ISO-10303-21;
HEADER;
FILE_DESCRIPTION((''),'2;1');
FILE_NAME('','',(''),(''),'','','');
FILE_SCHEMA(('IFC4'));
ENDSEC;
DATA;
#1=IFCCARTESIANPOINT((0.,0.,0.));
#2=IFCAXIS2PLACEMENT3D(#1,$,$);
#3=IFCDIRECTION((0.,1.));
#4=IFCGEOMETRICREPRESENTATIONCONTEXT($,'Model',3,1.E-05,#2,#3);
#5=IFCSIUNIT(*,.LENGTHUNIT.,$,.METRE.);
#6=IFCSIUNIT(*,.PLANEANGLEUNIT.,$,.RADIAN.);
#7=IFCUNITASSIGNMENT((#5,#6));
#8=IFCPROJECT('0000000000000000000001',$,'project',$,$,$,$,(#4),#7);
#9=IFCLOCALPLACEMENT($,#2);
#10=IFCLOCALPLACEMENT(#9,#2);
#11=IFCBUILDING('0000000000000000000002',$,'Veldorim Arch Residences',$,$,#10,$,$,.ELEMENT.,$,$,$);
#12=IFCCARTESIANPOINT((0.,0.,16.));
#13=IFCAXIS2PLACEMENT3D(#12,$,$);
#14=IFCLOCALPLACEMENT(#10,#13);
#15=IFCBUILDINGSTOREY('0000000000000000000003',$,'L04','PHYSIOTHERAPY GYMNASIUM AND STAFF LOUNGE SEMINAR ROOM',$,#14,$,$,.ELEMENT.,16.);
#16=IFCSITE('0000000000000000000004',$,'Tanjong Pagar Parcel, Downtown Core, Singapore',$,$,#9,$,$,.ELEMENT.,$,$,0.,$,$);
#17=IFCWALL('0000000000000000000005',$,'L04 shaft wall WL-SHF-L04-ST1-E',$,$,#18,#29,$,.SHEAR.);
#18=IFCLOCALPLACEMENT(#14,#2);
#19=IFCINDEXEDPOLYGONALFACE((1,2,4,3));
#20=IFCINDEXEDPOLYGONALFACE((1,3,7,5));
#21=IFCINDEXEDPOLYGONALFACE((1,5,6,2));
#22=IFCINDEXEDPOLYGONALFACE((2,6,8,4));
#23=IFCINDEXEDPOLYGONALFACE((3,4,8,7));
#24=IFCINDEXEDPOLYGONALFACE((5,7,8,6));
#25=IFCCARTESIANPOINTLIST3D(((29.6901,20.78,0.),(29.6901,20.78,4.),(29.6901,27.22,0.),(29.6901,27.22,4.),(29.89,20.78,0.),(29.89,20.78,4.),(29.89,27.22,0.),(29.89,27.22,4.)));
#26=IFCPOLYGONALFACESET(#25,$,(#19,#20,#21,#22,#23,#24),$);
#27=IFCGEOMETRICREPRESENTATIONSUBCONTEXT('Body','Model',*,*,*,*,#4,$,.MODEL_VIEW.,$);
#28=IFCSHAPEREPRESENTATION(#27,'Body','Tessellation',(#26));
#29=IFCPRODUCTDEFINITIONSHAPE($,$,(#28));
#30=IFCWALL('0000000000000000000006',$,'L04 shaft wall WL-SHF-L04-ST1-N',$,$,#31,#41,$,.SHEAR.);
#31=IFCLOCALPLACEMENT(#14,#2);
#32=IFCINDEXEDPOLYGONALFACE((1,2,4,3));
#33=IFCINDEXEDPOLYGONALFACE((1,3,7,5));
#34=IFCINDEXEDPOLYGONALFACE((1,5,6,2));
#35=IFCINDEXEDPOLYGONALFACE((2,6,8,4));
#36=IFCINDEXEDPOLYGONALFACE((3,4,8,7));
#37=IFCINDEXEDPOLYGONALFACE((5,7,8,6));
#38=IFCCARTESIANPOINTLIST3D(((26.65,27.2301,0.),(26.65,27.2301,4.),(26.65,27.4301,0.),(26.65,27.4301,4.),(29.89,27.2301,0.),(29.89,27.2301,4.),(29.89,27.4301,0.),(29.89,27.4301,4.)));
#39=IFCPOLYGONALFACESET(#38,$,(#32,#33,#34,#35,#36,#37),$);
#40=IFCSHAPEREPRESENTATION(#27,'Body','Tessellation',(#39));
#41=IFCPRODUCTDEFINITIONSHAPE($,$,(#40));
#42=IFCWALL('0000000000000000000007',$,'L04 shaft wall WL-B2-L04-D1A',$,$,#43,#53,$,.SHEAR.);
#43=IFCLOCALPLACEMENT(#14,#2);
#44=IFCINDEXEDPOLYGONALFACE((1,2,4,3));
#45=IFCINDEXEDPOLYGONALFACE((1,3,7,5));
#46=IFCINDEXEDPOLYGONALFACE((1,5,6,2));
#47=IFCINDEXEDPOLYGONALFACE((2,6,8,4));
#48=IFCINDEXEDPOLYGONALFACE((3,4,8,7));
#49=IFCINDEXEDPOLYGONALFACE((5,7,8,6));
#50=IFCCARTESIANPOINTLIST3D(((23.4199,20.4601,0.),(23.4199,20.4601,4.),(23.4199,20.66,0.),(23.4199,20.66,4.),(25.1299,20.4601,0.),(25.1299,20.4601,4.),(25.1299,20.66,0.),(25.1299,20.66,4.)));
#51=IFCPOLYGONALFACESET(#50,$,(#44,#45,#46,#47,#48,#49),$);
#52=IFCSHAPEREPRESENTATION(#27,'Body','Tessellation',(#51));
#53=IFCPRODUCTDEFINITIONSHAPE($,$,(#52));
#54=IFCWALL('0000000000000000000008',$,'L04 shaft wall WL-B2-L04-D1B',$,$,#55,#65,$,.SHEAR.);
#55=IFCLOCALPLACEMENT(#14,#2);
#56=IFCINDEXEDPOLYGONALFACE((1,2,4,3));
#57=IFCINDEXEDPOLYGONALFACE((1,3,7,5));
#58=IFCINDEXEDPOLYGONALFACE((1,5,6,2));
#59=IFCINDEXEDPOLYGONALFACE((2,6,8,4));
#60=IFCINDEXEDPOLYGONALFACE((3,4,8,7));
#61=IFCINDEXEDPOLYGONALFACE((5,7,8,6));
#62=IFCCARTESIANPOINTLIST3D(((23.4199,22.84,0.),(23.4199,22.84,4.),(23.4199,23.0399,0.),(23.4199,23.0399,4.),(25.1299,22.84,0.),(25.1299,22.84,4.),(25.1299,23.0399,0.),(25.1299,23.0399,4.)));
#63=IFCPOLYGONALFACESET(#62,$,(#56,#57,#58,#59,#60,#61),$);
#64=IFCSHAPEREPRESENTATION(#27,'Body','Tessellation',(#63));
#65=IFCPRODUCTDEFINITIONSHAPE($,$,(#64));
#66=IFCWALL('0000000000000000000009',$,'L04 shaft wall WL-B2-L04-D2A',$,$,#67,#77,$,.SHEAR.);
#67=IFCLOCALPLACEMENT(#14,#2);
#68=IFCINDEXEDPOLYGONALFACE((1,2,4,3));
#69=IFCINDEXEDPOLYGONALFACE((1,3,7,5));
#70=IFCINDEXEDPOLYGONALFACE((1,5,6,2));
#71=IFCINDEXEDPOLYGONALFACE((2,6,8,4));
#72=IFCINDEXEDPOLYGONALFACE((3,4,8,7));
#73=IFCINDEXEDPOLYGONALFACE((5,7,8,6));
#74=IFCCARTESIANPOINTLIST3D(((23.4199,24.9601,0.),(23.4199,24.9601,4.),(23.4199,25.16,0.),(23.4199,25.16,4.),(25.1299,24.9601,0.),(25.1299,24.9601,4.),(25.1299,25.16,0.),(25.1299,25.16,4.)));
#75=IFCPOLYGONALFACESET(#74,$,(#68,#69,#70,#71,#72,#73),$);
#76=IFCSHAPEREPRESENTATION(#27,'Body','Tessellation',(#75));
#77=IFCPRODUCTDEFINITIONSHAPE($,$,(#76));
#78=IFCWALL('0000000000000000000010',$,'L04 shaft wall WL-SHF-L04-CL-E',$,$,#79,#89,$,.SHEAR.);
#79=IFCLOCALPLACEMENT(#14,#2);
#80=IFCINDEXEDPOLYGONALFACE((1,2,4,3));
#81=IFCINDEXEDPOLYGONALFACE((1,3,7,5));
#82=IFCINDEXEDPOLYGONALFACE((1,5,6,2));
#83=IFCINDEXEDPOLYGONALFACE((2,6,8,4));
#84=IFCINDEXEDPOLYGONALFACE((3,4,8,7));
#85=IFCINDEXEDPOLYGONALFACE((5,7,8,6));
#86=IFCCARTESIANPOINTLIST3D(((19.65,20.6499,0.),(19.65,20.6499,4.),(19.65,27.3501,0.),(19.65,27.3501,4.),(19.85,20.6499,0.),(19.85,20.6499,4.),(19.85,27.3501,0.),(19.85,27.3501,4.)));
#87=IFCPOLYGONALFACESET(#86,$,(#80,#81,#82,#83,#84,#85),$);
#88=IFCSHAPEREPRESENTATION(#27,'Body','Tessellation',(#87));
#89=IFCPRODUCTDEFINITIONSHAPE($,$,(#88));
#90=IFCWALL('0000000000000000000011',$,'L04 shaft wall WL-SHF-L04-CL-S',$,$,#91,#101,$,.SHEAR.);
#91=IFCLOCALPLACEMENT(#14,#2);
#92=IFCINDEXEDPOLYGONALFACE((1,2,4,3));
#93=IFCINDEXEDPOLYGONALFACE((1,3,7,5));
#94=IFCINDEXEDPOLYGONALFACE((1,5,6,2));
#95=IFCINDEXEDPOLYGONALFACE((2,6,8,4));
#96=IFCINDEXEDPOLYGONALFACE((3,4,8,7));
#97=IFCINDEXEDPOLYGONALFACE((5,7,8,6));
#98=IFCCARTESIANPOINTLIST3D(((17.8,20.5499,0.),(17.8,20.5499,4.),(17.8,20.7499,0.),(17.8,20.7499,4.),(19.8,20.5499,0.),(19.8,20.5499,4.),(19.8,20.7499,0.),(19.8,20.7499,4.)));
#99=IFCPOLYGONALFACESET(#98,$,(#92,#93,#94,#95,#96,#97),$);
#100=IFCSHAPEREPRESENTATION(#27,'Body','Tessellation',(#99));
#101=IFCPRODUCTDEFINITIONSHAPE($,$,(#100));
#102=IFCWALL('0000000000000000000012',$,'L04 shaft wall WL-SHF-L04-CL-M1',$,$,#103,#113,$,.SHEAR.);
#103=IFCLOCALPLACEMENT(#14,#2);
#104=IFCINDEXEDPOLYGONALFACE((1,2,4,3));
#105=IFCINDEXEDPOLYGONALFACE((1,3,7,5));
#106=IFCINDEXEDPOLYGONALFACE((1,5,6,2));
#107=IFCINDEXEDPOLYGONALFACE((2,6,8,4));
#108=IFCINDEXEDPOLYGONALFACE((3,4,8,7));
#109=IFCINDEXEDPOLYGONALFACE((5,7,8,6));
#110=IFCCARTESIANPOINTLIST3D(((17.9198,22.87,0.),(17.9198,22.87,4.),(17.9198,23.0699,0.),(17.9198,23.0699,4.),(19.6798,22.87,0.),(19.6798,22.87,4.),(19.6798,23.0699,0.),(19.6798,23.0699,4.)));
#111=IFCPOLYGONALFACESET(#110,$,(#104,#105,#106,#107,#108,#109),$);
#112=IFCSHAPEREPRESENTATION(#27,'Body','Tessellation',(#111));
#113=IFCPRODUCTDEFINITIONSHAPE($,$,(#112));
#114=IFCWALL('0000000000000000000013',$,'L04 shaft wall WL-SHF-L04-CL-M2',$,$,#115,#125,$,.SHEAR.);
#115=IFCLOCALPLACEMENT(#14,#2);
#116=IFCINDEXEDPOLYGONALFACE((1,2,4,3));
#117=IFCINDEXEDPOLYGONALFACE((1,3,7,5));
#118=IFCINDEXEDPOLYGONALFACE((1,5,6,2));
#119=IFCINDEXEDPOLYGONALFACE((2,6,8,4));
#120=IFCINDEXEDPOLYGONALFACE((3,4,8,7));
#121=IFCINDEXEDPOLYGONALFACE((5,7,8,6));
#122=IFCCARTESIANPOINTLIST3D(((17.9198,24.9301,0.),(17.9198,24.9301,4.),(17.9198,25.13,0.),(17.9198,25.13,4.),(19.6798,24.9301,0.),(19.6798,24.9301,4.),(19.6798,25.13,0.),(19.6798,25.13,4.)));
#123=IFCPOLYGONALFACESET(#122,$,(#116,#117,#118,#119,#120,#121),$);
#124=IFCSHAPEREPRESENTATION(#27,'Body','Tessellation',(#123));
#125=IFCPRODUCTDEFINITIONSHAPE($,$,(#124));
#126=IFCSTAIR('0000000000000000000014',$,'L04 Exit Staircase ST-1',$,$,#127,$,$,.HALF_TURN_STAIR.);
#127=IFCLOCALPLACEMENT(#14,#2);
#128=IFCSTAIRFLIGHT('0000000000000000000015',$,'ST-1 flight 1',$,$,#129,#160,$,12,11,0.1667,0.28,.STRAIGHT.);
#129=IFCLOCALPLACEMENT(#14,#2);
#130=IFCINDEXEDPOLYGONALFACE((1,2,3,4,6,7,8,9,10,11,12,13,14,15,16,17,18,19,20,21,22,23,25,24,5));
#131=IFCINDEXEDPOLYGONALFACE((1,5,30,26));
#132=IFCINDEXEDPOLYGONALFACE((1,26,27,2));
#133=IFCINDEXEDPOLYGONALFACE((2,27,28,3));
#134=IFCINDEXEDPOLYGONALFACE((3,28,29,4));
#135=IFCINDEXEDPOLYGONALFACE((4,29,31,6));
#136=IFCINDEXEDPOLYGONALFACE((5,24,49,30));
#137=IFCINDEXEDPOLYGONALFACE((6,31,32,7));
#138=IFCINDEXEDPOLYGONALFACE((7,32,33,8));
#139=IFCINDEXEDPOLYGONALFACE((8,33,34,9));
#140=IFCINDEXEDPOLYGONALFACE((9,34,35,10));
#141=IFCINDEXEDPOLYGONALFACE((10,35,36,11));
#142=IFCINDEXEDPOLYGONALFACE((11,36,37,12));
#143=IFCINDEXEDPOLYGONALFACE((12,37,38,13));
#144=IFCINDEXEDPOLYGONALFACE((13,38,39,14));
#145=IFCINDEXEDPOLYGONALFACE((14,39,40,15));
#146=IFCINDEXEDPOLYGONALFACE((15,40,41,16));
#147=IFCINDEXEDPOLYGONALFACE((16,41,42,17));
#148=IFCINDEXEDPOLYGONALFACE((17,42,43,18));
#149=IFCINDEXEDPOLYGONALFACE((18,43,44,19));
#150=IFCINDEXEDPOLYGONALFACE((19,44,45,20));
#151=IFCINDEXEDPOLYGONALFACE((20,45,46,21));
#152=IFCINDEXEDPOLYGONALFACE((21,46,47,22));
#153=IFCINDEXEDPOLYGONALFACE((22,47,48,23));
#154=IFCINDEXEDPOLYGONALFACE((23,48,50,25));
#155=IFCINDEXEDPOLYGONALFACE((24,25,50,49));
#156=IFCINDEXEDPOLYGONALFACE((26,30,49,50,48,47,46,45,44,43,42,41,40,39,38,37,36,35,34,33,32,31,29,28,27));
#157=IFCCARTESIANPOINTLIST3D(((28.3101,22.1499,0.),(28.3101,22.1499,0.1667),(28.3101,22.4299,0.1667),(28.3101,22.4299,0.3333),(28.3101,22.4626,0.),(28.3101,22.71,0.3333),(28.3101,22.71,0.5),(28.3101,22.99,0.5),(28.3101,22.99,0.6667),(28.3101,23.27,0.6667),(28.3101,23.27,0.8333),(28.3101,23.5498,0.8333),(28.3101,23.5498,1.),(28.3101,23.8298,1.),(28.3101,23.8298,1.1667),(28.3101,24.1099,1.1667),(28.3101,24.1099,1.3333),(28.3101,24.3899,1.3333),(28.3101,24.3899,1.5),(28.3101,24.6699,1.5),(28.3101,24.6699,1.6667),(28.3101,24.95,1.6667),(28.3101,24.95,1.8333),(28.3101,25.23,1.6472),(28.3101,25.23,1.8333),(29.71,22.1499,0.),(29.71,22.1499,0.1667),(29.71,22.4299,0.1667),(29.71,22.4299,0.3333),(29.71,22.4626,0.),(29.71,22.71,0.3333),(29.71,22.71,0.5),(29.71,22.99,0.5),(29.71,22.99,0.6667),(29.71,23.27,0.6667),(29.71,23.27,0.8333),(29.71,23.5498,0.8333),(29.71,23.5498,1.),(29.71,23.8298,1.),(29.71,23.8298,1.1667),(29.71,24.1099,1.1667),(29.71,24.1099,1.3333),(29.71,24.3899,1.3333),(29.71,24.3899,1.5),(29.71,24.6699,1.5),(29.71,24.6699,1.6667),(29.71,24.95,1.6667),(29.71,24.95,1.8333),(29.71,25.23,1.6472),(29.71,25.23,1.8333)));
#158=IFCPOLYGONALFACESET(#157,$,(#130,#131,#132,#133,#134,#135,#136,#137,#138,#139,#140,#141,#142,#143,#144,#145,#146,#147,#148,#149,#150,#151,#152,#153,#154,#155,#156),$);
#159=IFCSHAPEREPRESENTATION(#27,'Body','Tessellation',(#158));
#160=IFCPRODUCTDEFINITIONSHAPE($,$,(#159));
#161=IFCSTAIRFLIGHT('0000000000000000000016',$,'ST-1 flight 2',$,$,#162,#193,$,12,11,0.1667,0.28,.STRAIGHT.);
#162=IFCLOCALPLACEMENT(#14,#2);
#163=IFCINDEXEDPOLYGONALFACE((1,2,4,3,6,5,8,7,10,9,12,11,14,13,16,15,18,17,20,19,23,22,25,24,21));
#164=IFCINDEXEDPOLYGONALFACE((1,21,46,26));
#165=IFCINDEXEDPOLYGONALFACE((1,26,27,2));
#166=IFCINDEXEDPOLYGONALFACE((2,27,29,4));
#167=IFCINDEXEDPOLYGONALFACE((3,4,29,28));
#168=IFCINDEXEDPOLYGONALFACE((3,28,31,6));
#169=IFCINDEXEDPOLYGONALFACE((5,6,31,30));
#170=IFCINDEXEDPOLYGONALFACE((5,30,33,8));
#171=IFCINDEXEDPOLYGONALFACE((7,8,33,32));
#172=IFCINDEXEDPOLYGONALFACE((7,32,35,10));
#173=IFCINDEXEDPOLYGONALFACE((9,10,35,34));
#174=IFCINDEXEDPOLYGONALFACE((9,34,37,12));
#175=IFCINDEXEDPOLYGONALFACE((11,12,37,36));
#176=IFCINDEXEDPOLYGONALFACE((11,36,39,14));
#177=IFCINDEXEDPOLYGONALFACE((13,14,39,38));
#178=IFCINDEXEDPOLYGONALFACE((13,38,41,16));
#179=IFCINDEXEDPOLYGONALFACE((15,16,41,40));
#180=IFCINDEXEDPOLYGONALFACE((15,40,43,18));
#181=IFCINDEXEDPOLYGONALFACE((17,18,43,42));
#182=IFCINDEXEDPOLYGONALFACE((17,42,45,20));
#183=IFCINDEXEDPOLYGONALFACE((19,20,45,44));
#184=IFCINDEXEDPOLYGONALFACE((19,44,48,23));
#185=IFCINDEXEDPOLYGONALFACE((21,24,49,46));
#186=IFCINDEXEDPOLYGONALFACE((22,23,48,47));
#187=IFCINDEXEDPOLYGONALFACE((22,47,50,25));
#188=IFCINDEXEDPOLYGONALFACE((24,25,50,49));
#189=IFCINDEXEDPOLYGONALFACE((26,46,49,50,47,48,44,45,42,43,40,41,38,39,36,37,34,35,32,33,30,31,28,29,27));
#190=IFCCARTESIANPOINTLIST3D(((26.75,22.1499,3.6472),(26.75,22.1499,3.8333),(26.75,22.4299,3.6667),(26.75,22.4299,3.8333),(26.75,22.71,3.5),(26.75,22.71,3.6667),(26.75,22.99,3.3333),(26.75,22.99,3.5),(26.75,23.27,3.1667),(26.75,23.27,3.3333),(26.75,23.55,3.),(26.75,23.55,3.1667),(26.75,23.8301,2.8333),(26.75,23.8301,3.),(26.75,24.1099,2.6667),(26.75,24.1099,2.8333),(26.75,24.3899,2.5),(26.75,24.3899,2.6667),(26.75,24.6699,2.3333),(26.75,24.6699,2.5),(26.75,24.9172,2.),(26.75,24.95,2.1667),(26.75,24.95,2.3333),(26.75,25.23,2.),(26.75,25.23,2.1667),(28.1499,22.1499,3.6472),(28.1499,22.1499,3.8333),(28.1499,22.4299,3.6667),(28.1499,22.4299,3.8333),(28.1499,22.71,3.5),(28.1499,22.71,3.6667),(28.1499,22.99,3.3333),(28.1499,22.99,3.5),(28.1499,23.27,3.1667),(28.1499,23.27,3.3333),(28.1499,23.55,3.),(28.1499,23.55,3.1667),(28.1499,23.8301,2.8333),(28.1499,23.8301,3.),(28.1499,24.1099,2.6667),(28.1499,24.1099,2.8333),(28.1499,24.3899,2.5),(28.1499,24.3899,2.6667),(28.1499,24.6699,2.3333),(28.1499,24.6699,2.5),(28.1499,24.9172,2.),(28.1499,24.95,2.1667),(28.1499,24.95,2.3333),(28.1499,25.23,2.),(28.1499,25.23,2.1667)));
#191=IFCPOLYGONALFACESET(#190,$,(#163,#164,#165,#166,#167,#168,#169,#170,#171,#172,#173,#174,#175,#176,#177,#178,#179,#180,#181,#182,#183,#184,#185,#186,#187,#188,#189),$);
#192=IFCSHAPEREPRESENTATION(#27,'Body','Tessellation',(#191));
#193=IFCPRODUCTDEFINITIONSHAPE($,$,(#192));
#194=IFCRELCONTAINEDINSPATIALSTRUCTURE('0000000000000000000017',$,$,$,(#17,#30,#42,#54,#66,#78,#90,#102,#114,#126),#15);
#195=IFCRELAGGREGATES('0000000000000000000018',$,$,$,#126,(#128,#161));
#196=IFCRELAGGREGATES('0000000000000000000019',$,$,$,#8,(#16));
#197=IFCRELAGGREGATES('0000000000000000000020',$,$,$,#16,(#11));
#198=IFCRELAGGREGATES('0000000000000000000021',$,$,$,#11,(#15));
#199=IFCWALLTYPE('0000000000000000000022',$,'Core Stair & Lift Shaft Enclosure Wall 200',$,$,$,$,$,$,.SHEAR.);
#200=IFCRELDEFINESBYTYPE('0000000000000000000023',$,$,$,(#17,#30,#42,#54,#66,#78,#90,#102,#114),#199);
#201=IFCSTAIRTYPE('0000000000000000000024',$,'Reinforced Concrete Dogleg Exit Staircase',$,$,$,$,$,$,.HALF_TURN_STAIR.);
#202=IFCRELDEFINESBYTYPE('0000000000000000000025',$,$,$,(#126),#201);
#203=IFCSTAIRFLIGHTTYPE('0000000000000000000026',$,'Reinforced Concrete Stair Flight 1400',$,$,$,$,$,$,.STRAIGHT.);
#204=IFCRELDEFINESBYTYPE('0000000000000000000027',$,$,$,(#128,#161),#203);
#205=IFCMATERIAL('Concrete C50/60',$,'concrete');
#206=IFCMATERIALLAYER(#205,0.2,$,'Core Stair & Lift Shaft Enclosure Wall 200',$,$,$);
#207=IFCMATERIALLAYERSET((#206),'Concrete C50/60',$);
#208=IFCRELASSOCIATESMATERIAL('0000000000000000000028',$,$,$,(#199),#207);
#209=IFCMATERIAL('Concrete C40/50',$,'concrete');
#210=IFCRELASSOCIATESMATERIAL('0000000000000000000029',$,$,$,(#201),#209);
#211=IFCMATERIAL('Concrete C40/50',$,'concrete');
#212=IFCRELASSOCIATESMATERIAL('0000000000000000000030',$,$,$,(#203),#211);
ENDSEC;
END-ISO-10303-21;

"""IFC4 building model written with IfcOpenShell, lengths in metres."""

from ifc_helpers import new_model, si_unit, direction, frame, frame_2d, origin, place, context, subcontext, project, spatial, polyline, rectangle, outline, extrude, material, layer, layer_set, type_object, element, aggregate, save


model = new_model("IFC4")

# Units and contexts
model_context = context("Model", 3, precision=1e-05, world=origin(), true_north=direction((0.0, 1.0)))
body_context = subcontext(model_context, "Body", "Model", "MODEL_VIEW")
ifc_project = project(units=[si_unit("LENGTHUNIT", "METRE"), si_unit("PLANEANGLEUNIT", "RADIAN")], contexts=[model_context])

# Site, building, storey
site_placement = place(None, origin())
site = spatial("IfcSite", under=ifc_project, at=site_placement, Name="Tanjong Pagar Parcel, Downtown Core, Singapore", CompositionType="ELEMENT", RefElevation=0.0)
building_placement = place(site_placement, origin())
building = spatial("IfcBuilding", under=site, at=building_placement, Name="Veldorim Arch Residences", CompositionType="ELEMENT")
storey_placement = place(building_placement, frame((0.0, 0.0, 16.0)))
storey = spatial("IfcBuildingStorey", under=building, at=storey_placement, Name="L04", Description="PHYSIOTHERAPY GYMNASIUM AND STAFF LOUNGE SEMINAR ROOM", CompositionType="ELEMENT", Elevation=16.0)

# Walls
ifc_material_1 = material(Name="Concrete C50/60", Category="concrete")
ifc_layer = layer(ifc_material_1, 0.2, Name="Core Stair & Lift Shaft Enclosure Wall 200")
ifc_layer_set = layer_set([ifc_layer], Name="Concrete C50/60")
wall_type = type_object("IfcWallType", Name="Core Stair & Lift Shaft Enclosure Wall 200", PredefinedType="SHEAR", material=ifc_layer_set)
wall_1_placement = place(storey_placement, frame((29.79, 20.78, 0.0), z_axis=(0.0, 0.0, 1.0), x_axis=(0.0, 1.0, 0.0)))
element("IfcWall", 1, at=wall_1_placement, inside=storey, type_object=wall_type, Name="L04 shaft wall WL-SHF-L04-ST1-E", PredefinedType="SHEAR", context=body_context, shape_type="SweptSolid", body=[
    extrude(rectangle(XDim=6.4399, YDim=0.2, at=frame_2d((3.22, 0.0))), origin(), (0.0, 0.0, 1.0), 4.0),
])
wall_2_placement = place(storey_placement, frame((26.6499, 27.3301, 0.0), z_axis=(0.0, 0.0, 1.0), x_axis=(1.0, 0.0, 0.0)))
element("IfcWall", 2, at=wall_2_placement, inside=storey, type_object=wall_type, Name="L04 shaft wall WL-SHF-L04-ST1-N", PredefinedType="SHEAR", context=body_context, shape_type="SweptSolid", body=[
    extrude(rectangle(XDim=3.24, YDim=0.2, at=frame_2d((1.6201, 0.0))), origin(), (0.0, 0.0, 1.0), 4.0),
])

# Walls
for number, where, z_axis, x_axis, name in (
    (3, (23.4199, 20.5601, 0.0), (0.0, 0.0, 1.0), (1.0, 0.0, 0.0), "L04 shaft wall WL-B2-L04-D1A"),
    (4, (23.4199, 22.9399, 0.0), (0.0, 0.0, 1.0), (1.0, 0.0, 0.0), "L04 shaft wall WL-B2-L04-D1B"),
    (5, (23.4199, 25.0601, 0.0), (0.0, 0.0, 1.0), (1.0, 0.0, 0.0), "L04 shaft wall WL-B2-L04-D2A"),
):
    element("IfcWall", number, at=place(storey_placement, frame(where, z_axis=z_axis, x_axis=x_axis)), inside=storey, type_object=wall_type, Name=name, PredefinedType="SHEAR", context=body_context, shape_type="SweptSolid", body=[
        extrude(rectangle(XDim=1.71, YDim=0.2, at=frame_2d((0.855, 0.0))), origin(), (0.0, 0.0, 1.0), 4.0),
    ])

# Walls
wall_3_placement = place(storey_placement, frame((19.75, 20.6499, 0.0), z_axis=(0.0, 0.0, 1.0), x_axis=(0.0, 1.0, 0.0)))
element("IfcWall", 6, at=wall_3_placement, inside=storey, type_object=wall_type, Name="L04 shaft wall WL-SHF-L04-CL-E", PredefinedType="SHEAR", context=body_context, shape_type="SweptSolid", body=[
    extrude(rectangle(XDim=6.7002, YDim=0.2, at=frame_2d((3.3501, 0.0))), origin(), (0.0, 0.0, 1.0), 4.0),
])
wall_4_placement = place(storey_placement, frame((17.8, 20.6499, 0.0), z_axis=(0.0, 0.0, 1.0), x_axis=(1.0, 0.0, 0.0)))
element("IfcWall", 7, at=wall_4_placement, inside=storey, type_object=wall_type, Name="L04 shaft wall WL-SHF-L04-CL-S", PredefinedType="SHEAR", context=body_context, shape_type="SweptSolid", body=[
    extrude(rectangle(XDim=2.0, YDim=0.2, at=frame_2d((1.0, 0.0))), origin(), (0.0, 0.0, 1.0), 4.0),
])
for number, where, z_axis, x_axis, name in (
    (8, (17.9199, 22.97, 0.0), (0.0, 0.0, 1.0), (1.0, 0.0, 0.0), "L04 shaft wall WL-SHF-L04-CL-M1"),
    (9, (17.9199, 25.03, 0.0), (0.0, 0.0, 1.0), (1.0, 0.0, 0.0), "L04 shaft wall WL-SHF-L04-CL-M2"),
):
    element("IfcWall", number, at=place(storey_placement, frame(where, z_axis=z_axis, x_axis=x_axis)), inside=storey, type_object=wall_type, Name=name, PredefinedType="SHEAR", context=body_context, shape_type="SweptSolid", body=[
        extrude(rectangle(XDim=1.76, YDim=0.2, at=frame_2d((0.8799, 0.0))), origin(), (0.0, 0.0, 1.0), 4.0),
    ])

# Stair, stair flights
ifc_material_2 = material(Name="Concrete C40/50", Category="concrete")
stair_type = type_object("IfcStairType", Name="Reinforced Concrete Dogleg Exit Staircase", PredefinedType="HALF_TURN_STAIR", material=ifc_material_2)
stair_placement = place(storey_placement, origin())
stair = element("IfcStair", 10, at=stair_placement, inside=storey, type_object=stair_type, Name="L04 Exit Staircase ST-1", PredefinedType="HALF_TURN_STAIR")
ifc_material_3 = material(Name="Concrete C40/50", Category="concrete")
stair_flight_type = type_object("IfcStairFlightType", Name="Reinforced Concrete Stair Flight 1400", PredefinedType="STRAIGHT", material=ifc_material_3)
stair_flight_1_placement = place(storey_placement, frame((29.01, 22.1499, 0.0), z_axis=(0.0, 0.0, 1.0), x_axis=(0.0, 1.0, 0.0)))
stair_flight_1 = element("IfcStairFlight", 11, at=stair_flight_1_placement, type_object=stair_flight_type, Name="ST-1 flight 1", NumberOfRisers=12, NumberOfTreads=11, PredefinedType="STRAIGHT", RiserHeight=0.1667, TreadLength=0.28, context=body_context, shape_type="SweptSolid", body=[
    extrude(outline(polyline([(0.0, 0.0), (0.0, 0.1667), (0.28, 0.1667), (0.28, 0.3333), (0.5601, 0.3333), (0.5601, 0.5), (0.8401, 0.5), (0.8401, 0.6667), (1.1201, 0.6667), (1.1201, 0.8333), (1.3999, 0.8333), (1.3999, 1.0), (1.6799, 1.0), (1.6799, 1.1667), (1.96, 1.1667), (1.96, 1.3333), (2.24, 1.3333), (2.24, 1.5), (2.52, 1.5), (2.52, 1.6667), (2.8, 1.6667), (2.8, 1.8333), (3.0801, 1.8333), (3.0801, 2.0), (3.0801, 1.6472), (0.3127, 0.0), (0.0, 0.0)])), frame((0.0, 0.7, 0.0), z_axis=(0.0, -1.0, 0.0), x_axis=(1.0, 0.0, 0.0)), (0.0, 0.0, 1.0), 1.3999),
])
stair_flight_2_placement = place(storey_placement, frame((27.45, 25.23, 2.0), z_axis=(0.0, 0.0, 1.0), x_axis=(0.0, -1.0, 0.0)))
stair_flight_2 = element("IfcStairFlight", 12, at=stair_flight_2_placement, type_object=stair_flight_type, Name="ST-1 flight 2", NumberOfRisers=12, NumberOfTreads=11, PredefinedType="STRAIGHT", RiserHeight=0.1667, TreadLength=0.28, context=body_context, shape_type="SweptSolid", body=[
    extrude(outline(polyline([(0.0, 0.0), (0.0, 0.1667), (0.28, 0.1667), (0.28, 0.3333), (0.5601, 0.3333), (0.5601, 0.5), (0.8401, 0.5), (0.8401, 0.6667), (1.1201, 0.6667), (1.1201, 0.8333), (1.3999, 0.8333), (1.3999, 1.0), (1.6799, 1.0), (1.6799, 1.1667), (1.96, 1.1667), (1.96, 1.3333), (2.24, 1.3333), (2.24, 1.5), (2.52, 1.5), (2.52, 1.6667), (2.8, 1.6667), (2.8, 1.8333), (3.0801, 1.8333), (3.0801, 2.0), (3.0801, 1.6472), (0.3127, 0.0), (0.0, 0.0)])), frame((0.0, 0.7, 0.0), z_axis=(0.0, -1.0, 0.0), x_axis=(1.0, 0.0, 0.0)), (0.0, 0.0, 1.0), 1.3999),
])
aggregate(stair, [stair_flight_1, stair_flight_2])

save(model, "model.ifc")
